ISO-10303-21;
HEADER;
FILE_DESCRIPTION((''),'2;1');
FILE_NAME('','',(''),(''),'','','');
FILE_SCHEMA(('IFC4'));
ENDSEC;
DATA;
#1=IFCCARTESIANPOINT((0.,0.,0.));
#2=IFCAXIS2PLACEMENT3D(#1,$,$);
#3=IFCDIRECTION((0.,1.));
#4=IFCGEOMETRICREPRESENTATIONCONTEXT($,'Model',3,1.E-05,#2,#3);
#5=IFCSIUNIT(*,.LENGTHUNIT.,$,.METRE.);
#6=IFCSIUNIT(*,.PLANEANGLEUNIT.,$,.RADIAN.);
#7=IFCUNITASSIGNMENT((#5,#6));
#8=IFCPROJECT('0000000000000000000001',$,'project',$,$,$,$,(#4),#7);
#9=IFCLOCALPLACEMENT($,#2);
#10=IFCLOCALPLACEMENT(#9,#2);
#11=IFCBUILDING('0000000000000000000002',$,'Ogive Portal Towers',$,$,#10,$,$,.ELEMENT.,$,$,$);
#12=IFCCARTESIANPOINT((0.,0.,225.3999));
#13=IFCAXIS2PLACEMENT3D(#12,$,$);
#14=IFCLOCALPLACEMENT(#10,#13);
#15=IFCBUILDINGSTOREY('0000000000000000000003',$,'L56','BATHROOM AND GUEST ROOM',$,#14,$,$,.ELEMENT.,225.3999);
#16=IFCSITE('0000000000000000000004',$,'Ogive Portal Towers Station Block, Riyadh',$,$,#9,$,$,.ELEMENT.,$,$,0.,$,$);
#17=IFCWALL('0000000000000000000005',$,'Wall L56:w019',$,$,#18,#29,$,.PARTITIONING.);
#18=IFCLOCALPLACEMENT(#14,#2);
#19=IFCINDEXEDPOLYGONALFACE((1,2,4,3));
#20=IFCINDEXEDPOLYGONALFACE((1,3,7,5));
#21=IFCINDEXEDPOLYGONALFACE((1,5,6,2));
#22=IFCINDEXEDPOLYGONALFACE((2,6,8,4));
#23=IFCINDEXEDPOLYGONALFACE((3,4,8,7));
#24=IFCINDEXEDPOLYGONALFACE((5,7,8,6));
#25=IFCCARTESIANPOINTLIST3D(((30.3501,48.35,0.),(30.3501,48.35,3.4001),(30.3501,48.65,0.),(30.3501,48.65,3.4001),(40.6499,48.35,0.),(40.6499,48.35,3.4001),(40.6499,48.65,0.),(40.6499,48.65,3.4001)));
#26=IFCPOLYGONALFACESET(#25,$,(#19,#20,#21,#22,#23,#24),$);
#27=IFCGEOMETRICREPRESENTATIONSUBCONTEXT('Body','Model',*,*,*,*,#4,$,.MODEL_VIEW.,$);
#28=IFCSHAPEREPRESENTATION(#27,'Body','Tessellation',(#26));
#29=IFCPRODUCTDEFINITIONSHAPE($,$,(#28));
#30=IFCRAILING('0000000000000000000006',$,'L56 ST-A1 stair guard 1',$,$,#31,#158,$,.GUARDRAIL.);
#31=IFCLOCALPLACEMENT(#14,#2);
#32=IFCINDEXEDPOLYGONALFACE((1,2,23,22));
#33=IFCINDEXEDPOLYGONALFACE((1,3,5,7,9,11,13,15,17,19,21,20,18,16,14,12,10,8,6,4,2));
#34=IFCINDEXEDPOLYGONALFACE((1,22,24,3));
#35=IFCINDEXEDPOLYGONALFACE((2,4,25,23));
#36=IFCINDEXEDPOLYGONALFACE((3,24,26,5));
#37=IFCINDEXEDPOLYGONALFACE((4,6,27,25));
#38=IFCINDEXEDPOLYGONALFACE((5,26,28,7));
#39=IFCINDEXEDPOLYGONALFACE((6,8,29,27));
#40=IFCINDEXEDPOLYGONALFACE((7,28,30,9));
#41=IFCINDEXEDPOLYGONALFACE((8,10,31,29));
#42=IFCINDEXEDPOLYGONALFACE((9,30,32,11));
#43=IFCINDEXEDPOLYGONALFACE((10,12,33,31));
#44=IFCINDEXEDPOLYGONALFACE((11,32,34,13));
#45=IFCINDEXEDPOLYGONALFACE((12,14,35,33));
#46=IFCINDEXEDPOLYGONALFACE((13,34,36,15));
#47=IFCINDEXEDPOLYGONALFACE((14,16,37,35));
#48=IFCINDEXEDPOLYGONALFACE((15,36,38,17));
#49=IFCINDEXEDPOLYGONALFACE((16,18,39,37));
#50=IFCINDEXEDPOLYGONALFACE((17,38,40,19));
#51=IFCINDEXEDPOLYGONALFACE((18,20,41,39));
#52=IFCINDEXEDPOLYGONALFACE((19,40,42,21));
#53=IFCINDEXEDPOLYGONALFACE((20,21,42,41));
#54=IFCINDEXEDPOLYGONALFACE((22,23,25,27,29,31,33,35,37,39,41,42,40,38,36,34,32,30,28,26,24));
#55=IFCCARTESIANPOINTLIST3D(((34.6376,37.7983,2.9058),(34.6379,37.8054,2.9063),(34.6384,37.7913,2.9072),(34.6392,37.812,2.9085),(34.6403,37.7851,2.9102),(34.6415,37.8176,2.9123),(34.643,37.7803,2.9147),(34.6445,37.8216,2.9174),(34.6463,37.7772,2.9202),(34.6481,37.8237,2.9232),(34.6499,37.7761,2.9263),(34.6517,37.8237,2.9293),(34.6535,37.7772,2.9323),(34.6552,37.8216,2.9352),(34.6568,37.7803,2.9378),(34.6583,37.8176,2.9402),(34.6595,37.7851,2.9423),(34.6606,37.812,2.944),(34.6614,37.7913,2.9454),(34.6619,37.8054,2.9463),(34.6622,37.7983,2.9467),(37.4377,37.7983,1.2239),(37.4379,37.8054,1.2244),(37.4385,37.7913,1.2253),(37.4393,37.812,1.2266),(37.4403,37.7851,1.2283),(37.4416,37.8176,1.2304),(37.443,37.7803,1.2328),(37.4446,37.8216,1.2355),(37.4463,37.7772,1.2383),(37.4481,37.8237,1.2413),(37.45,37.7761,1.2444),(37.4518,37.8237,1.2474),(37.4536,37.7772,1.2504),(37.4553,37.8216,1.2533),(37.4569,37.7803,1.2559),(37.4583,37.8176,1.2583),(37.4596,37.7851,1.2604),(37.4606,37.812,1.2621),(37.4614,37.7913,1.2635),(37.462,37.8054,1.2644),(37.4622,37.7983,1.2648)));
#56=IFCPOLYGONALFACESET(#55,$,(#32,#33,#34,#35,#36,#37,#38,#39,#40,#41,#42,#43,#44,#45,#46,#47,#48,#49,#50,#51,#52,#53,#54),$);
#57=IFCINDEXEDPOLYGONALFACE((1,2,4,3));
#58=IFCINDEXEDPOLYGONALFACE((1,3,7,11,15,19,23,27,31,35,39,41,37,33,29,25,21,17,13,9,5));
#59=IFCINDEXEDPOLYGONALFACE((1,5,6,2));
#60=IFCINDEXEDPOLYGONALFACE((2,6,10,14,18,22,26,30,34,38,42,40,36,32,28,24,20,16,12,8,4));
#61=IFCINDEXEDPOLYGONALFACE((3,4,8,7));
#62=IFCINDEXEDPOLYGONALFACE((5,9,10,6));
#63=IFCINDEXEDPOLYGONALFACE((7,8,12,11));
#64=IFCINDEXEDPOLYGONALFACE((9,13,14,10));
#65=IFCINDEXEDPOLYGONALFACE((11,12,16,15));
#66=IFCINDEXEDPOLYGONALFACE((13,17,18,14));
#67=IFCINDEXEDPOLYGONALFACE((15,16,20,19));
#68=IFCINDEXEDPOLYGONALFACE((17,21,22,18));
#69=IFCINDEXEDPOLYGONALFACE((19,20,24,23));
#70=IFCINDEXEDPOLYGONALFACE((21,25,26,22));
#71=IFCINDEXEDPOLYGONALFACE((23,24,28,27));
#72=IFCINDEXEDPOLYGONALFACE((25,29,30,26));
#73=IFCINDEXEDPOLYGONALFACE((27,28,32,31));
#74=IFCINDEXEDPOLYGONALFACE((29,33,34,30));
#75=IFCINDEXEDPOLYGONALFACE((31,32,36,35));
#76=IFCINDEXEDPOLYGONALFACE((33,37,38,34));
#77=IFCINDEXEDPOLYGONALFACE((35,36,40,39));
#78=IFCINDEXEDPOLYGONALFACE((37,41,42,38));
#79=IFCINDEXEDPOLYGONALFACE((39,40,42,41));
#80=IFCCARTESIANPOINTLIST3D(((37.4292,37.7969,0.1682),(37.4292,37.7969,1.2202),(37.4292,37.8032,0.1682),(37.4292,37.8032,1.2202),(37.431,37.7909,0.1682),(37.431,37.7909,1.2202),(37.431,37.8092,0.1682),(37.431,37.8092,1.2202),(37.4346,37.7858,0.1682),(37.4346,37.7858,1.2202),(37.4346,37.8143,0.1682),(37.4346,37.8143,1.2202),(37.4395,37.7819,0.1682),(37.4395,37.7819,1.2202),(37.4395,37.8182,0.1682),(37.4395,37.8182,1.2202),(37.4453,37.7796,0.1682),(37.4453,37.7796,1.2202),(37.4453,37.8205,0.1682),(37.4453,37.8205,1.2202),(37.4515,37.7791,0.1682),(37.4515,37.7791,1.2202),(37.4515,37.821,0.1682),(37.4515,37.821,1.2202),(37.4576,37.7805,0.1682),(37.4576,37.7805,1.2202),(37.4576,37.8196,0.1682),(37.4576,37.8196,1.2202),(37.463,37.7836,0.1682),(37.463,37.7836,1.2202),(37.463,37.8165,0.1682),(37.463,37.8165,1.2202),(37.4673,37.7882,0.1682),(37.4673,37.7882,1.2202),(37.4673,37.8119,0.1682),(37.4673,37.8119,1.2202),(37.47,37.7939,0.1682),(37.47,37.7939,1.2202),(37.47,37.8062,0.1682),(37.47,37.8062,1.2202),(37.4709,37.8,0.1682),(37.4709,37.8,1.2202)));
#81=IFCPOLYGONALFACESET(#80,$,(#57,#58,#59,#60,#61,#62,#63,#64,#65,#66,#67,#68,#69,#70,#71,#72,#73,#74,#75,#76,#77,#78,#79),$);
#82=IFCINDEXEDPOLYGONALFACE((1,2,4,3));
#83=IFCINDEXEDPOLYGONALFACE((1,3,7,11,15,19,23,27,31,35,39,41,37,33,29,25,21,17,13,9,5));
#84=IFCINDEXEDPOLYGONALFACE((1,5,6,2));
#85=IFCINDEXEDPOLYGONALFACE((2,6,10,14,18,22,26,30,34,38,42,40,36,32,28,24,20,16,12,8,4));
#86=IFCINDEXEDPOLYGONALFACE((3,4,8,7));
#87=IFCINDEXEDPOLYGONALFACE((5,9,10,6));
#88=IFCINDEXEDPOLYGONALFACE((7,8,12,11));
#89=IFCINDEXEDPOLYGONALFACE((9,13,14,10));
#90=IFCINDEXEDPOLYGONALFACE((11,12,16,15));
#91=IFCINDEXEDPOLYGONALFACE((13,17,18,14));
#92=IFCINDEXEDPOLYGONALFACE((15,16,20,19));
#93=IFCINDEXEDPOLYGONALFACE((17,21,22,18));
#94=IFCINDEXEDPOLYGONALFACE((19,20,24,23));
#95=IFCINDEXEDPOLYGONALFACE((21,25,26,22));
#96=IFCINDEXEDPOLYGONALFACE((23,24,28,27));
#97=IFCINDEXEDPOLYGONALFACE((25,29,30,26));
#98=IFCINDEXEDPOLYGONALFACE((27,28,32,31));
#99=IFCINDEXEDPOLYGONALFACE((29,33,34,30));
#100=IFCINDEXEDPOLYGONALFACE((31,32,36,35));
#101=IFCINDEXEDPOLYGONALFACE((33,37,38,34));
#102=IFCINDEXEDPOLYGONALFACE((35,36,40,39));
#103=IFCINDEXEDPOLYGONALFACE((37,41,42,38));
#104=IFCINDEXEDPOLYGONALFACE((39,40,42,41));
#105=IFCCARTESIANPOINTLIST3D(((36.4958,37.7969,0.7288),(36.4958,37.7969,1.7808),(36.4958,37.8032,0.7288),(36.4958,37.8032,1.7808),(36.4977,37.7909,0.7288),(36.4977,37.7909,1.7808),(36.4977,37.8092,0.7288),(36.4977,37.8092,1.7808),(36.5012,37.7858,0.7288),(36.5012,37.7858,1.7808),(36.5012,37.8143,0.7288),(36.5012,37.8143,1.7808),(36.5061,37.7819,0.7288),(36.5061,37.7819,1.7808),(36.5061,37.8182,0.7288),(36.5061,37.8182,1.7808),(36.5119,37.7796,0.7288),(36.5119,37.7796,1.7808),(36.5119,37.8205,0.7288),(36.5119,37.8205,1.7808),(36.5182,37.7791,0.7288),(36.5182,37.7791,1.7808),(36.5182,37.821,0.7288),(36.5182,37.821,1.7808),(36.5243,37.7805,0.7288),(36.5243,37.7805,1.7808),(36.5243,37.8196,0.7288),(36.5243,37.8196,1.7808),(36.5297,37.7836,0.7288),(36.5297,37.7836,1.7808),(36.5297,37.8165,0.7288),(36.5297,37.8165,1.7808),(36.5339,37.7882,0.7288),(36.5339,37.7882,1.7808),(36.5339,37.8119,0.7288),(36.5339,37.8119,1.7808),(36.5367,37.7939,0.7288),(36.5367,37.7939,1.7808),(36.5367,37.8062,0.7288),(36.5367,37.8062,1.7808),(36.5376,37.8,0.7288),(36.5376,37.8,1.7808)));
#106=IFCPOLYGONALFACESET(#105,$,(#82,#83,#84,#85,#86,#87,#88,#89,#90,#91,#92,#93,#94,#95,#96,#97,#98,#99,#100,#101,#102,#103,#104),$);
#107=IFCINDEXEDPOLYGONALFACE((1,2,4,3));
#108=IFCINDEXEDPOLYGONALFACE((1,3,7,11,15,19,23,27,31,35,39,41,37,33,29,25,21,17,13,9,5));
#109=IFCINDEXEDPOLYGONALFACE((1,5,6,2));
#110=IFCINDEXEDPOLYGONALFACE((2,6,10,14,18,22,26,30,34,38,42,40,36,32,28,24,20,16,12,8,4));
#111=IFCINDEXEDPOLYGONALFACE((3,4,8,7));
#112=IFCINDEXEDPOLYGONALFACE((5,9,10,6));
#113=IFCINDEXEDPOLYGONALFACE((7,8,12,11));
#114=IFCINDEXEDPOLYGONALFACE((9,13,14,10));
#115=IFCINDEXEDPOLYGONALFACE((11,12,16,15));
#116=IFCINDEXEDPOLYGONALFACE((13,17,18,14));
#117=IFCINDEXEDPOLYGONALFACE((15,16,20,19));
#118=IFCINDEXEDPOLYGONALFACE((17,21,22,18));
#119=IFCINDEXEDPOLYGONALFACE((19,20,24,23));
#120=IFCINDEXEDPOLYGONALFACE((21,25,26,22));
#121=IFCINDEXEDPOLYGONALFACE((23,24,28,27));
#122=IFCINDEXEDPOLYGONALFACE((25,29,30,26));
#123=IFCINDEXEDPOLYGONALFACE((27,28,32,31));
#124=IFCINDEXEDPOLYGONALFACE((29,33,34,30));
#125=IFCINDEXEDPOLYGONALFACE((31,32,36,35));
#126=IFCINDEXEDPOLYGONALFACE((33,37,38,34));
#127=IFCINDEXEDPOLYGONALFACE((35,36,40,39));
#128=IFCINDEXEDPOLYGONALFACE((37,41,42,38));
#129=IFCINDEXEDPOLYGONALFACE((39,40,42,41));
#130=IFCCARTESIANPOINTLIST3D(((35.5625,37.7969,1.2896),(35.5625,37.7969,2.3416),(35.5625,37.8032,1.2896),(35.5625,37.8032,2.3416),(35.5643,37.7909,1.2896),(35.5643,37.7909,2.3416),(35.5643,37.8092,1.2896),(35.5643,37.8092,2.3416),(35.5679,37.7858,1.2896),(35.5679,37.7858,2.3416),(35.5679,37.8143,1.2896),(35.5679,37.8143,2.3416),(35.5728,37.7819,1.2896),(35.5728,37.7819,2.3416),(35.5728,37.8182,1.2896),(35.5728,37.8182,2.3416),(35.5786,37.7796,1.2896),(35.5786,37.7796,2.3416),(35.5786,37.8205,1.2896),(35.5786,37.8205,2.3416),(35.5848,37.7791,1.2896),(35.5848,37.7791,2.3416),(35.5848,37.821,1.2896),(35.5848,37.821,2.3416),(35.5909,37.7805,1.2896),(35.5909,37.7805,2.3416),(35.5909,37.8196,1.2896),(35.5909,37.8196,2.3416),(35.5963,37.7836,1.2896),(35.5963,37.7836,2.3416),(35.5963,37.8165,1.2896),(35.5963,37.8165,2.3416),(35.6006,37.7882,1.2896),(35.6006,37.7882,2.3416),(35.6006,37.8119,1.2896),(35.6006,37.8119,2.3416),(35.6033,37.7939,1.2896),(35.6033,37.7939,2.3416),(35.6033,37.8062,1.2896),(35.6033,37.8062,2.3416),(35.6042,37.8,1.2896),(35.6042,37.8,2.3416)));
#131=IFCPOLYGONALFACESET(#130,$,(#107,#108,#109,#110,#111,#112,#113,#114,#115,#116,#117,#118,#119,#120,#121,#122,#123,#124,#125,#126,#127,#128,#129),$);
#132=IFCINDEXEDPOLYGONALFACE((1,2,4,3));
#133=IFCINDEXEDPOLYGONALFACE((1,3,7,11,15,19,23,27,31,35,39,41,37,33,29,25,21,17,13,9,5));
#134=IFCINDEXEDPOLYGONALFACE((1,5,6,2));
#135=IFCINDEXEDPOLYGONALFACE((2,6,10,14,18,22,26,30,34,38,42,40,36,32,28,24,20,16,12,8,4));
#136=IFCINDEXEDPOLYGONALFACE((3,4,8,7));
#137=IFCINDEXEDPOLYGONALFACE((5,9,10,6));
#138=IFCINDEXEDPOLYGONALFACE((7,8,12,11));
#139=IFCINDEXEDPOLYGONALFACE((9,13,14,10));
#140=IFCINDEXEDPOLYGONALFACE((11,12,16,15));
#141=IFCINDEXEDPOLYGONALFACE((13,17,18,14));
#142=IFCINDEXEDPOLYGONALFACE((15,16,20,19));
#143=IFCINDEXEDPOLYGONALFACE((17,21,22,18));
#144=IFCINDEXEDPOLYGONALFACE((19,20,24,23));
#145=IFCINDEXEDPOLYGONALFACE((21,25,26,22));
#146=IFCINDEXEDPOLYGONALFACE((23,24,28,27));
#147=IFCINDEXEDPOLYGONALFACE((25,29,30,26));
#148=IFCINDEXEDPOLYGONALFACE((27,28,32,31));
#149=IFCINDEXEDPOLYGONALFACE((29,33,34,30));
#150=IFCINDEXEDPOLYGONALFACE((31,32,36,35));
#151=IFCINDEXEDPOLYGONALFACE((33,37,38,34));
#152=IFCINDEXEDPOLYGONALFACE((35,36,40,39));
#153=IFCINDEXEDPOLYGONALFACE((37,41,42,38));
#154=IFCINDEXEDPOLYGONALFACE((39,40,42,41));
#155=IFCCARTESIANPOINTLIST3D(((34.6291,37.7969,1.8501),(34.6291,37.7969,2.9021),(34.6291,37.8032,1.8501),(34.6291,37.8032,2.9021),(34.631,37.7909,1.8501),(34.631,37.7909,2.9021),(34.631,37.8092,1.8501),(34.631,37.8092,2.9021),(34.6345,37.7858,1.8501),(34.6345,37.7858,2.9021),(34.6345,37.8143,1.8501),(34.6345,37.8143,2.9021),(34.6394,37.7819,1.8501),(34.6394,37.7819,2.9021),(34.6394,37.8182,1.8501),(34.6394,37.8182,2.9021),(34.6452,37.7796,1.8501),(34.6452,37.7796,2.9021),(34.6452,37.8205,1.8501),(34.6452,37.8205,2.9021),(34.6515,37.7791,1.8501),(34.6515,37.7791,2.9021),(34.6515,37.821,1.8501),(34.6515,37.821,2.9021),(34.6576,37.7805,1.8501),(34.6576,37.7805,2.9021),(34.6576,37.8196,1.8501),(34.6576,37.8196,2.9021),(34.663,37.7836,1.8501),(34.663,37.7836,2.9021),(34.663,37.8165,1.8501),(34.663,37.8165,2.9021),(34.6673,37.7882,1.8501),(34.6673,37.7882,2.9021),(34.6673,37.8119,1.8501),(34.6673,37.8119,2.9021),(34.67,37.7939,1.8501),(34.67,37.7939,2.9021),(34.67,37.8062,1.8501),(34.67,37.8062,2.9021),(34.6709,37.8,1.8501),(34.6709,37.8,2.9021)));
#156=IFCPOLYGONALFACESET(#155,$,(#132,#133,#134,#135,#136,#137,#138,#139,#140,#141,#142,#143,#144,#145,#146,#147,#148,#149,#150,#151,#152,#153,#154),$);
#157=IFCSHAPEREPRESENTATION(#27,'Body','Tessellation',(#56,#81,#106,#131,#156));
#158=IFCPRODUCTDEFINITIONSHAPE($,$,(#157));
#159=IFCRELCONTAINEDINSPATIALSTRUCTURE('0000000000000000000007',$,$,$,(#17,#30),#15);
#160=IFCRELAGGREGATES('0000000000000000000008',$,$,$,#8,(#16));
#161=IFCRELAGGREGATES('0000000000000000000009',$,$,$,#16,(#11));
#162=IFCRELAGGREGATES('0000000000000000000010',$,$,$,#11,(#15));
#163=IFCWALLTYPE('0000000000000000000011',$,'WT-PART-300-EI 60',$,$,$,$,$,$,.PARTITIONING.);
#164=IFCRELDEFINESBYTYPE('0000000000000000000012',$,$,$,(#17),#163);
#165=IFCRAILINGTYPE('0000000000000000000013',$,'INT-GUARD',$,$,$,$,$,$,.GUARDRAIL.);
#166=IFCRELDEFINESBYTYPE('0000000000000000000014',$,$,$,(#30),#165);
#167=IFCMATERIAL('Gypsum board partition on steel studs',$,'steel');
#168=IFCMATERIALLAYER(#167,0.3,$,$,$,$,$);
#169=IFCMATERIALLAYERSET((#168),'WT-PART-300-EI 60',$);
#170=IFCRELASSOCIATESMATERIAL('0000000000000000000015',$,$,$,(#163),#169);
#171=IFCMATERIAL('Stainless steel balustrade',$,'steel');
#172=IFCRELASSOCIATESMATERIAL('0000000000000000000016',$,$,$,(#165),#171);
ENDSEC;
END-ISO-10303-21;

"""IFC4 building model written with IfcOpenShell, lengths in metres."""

from ifc_helpers import new_model, si_unit, direction, frame, frame_2d, origin, origin_2d, place, context, subcontext, project, spatial, rectangle, circle, extrude, material, layer, layer_set, type_object, element, save


model = new_model("IFC4")

# Units and contexts
model_context = context("Model", 3, precision=1e-05, world=origin(), true_north=direction((0.0, 1.0)))
body_context = subcontext(model_context, "Body", "Model", "MODEL_VIEW")
ifc_project = project(units=[si_unit("LENGTHUNIT", "METRE"), si_unit("PLANEANGLEUNIT", "RADIAN")], contexts=[model_context])

# Site, building, storey
site_placement = place(None, origin())
site = spatial("IfcSite", under=ifc_project, at=site_placement, Name="Ogive Portal Towers Station Block, Riyadh", CompositionType="ELEMENT", RefElevation=0.0)
building_placement = place(site_placement, origin())
building = spatial("IfcBuilding", under=site, at=building_placement, Name="Ogive Portal Towers", CompositionType="ELEMENT")
storey_placement = place(building_placement, frame((0.0, 0.0, 225.3999)))
storey = spatial("IfcBuildingStorey", under=building, at=storey_placement, Name="L56", Description="BATHROOM AND GUEST ROOM", CompositionType="ELEMENT", Elevation=225.3999)

# Wall
ifc_material_1 = material(Name="Gypsum board partition on steel studs", Category="steel")
ifc_layer_1 = layer(ifc_material_1, 0.3)
ifc_layer_set_1 = layer_set([ifc_layer_1], Name="WT-PART-300-EI 60")
wall_type_1 = type_object("IfcWallType", Name="WT-PART-300-EI 60", PredefinedType="PARTITIONING", material=ifc_layer_set_1)
wall_1_placement = place(storey_placement, frame((30.3501, 48.5, 0.0), z_axis=(0.0, 0.0, 1.0), x_axis=(1.0, 0.0, 0.0)))
element("IfcWall", 1, at=wall_1_placement, inside=storey, type_object=wall_type_1, Name="Wall L56:w019", PredefinedType="PARTITIONING", context=body_context, shape_type="SweptSolid", body=[
    extrude(rectangle(XDim=10.2998, YDim=0.3, at=frame_2d((5.1499, 0.0))), origin(), (0.0, 0.0, 1.0), 3.4001),
])

# Railing
ifc_material_2 = material(Name="Stainless steel balustrade", Category="steel")
railing_type_1 = type_object("IfcRailingType", Name="INT-GUARD", PredefinedType="GUARDRAIL", material=ifc_material_2)
railing_1_placement = place(storey_placement, frame((37.45, 37.8, 0.1682)))
element("IfcRailing", 2, at=railing_1_placement, inside=storey, type_object=railing_type_1, Name="L56 ST-A1 stair guard 1", PredefinedType="GUARDRAIL", context=body_context, shape_type="SweptSolid", body=[
    extrude(circle(Radius=0.0239, at=origin_2d()), frame((0.0, 0.0, 1.0762), z_axis=(-0.857242, 0.0, 0.514913), x_axis=(0.0, -1.0, 0.0)), (0.0, 0.0, 1.0), 3.2664),
    extrude(circle(Radius=0.021, at=origin_2d()), origin(), (0.0, 0.0, 1.0), 1.052),
    extrude(circle(Radius=0.021, at=origin_2d()), frame((-0.9333, 0.0, 0.5605)), (0.0, 0.0, 1.0), 1.052),
    extrude(circle(Radius=0.021, at=origin_2d()), frame((-1.8667, 0.0, 1.1213)), (0.0, 0.0, 1.0), 1.052),
    extrude(circle(Radius=0.021, at=origin_2d()), frame((-2.8, 0.0, 1.6819)), (0.0, 0.0, 1.0), 1.052),
])

save(model, "model.ifc")
